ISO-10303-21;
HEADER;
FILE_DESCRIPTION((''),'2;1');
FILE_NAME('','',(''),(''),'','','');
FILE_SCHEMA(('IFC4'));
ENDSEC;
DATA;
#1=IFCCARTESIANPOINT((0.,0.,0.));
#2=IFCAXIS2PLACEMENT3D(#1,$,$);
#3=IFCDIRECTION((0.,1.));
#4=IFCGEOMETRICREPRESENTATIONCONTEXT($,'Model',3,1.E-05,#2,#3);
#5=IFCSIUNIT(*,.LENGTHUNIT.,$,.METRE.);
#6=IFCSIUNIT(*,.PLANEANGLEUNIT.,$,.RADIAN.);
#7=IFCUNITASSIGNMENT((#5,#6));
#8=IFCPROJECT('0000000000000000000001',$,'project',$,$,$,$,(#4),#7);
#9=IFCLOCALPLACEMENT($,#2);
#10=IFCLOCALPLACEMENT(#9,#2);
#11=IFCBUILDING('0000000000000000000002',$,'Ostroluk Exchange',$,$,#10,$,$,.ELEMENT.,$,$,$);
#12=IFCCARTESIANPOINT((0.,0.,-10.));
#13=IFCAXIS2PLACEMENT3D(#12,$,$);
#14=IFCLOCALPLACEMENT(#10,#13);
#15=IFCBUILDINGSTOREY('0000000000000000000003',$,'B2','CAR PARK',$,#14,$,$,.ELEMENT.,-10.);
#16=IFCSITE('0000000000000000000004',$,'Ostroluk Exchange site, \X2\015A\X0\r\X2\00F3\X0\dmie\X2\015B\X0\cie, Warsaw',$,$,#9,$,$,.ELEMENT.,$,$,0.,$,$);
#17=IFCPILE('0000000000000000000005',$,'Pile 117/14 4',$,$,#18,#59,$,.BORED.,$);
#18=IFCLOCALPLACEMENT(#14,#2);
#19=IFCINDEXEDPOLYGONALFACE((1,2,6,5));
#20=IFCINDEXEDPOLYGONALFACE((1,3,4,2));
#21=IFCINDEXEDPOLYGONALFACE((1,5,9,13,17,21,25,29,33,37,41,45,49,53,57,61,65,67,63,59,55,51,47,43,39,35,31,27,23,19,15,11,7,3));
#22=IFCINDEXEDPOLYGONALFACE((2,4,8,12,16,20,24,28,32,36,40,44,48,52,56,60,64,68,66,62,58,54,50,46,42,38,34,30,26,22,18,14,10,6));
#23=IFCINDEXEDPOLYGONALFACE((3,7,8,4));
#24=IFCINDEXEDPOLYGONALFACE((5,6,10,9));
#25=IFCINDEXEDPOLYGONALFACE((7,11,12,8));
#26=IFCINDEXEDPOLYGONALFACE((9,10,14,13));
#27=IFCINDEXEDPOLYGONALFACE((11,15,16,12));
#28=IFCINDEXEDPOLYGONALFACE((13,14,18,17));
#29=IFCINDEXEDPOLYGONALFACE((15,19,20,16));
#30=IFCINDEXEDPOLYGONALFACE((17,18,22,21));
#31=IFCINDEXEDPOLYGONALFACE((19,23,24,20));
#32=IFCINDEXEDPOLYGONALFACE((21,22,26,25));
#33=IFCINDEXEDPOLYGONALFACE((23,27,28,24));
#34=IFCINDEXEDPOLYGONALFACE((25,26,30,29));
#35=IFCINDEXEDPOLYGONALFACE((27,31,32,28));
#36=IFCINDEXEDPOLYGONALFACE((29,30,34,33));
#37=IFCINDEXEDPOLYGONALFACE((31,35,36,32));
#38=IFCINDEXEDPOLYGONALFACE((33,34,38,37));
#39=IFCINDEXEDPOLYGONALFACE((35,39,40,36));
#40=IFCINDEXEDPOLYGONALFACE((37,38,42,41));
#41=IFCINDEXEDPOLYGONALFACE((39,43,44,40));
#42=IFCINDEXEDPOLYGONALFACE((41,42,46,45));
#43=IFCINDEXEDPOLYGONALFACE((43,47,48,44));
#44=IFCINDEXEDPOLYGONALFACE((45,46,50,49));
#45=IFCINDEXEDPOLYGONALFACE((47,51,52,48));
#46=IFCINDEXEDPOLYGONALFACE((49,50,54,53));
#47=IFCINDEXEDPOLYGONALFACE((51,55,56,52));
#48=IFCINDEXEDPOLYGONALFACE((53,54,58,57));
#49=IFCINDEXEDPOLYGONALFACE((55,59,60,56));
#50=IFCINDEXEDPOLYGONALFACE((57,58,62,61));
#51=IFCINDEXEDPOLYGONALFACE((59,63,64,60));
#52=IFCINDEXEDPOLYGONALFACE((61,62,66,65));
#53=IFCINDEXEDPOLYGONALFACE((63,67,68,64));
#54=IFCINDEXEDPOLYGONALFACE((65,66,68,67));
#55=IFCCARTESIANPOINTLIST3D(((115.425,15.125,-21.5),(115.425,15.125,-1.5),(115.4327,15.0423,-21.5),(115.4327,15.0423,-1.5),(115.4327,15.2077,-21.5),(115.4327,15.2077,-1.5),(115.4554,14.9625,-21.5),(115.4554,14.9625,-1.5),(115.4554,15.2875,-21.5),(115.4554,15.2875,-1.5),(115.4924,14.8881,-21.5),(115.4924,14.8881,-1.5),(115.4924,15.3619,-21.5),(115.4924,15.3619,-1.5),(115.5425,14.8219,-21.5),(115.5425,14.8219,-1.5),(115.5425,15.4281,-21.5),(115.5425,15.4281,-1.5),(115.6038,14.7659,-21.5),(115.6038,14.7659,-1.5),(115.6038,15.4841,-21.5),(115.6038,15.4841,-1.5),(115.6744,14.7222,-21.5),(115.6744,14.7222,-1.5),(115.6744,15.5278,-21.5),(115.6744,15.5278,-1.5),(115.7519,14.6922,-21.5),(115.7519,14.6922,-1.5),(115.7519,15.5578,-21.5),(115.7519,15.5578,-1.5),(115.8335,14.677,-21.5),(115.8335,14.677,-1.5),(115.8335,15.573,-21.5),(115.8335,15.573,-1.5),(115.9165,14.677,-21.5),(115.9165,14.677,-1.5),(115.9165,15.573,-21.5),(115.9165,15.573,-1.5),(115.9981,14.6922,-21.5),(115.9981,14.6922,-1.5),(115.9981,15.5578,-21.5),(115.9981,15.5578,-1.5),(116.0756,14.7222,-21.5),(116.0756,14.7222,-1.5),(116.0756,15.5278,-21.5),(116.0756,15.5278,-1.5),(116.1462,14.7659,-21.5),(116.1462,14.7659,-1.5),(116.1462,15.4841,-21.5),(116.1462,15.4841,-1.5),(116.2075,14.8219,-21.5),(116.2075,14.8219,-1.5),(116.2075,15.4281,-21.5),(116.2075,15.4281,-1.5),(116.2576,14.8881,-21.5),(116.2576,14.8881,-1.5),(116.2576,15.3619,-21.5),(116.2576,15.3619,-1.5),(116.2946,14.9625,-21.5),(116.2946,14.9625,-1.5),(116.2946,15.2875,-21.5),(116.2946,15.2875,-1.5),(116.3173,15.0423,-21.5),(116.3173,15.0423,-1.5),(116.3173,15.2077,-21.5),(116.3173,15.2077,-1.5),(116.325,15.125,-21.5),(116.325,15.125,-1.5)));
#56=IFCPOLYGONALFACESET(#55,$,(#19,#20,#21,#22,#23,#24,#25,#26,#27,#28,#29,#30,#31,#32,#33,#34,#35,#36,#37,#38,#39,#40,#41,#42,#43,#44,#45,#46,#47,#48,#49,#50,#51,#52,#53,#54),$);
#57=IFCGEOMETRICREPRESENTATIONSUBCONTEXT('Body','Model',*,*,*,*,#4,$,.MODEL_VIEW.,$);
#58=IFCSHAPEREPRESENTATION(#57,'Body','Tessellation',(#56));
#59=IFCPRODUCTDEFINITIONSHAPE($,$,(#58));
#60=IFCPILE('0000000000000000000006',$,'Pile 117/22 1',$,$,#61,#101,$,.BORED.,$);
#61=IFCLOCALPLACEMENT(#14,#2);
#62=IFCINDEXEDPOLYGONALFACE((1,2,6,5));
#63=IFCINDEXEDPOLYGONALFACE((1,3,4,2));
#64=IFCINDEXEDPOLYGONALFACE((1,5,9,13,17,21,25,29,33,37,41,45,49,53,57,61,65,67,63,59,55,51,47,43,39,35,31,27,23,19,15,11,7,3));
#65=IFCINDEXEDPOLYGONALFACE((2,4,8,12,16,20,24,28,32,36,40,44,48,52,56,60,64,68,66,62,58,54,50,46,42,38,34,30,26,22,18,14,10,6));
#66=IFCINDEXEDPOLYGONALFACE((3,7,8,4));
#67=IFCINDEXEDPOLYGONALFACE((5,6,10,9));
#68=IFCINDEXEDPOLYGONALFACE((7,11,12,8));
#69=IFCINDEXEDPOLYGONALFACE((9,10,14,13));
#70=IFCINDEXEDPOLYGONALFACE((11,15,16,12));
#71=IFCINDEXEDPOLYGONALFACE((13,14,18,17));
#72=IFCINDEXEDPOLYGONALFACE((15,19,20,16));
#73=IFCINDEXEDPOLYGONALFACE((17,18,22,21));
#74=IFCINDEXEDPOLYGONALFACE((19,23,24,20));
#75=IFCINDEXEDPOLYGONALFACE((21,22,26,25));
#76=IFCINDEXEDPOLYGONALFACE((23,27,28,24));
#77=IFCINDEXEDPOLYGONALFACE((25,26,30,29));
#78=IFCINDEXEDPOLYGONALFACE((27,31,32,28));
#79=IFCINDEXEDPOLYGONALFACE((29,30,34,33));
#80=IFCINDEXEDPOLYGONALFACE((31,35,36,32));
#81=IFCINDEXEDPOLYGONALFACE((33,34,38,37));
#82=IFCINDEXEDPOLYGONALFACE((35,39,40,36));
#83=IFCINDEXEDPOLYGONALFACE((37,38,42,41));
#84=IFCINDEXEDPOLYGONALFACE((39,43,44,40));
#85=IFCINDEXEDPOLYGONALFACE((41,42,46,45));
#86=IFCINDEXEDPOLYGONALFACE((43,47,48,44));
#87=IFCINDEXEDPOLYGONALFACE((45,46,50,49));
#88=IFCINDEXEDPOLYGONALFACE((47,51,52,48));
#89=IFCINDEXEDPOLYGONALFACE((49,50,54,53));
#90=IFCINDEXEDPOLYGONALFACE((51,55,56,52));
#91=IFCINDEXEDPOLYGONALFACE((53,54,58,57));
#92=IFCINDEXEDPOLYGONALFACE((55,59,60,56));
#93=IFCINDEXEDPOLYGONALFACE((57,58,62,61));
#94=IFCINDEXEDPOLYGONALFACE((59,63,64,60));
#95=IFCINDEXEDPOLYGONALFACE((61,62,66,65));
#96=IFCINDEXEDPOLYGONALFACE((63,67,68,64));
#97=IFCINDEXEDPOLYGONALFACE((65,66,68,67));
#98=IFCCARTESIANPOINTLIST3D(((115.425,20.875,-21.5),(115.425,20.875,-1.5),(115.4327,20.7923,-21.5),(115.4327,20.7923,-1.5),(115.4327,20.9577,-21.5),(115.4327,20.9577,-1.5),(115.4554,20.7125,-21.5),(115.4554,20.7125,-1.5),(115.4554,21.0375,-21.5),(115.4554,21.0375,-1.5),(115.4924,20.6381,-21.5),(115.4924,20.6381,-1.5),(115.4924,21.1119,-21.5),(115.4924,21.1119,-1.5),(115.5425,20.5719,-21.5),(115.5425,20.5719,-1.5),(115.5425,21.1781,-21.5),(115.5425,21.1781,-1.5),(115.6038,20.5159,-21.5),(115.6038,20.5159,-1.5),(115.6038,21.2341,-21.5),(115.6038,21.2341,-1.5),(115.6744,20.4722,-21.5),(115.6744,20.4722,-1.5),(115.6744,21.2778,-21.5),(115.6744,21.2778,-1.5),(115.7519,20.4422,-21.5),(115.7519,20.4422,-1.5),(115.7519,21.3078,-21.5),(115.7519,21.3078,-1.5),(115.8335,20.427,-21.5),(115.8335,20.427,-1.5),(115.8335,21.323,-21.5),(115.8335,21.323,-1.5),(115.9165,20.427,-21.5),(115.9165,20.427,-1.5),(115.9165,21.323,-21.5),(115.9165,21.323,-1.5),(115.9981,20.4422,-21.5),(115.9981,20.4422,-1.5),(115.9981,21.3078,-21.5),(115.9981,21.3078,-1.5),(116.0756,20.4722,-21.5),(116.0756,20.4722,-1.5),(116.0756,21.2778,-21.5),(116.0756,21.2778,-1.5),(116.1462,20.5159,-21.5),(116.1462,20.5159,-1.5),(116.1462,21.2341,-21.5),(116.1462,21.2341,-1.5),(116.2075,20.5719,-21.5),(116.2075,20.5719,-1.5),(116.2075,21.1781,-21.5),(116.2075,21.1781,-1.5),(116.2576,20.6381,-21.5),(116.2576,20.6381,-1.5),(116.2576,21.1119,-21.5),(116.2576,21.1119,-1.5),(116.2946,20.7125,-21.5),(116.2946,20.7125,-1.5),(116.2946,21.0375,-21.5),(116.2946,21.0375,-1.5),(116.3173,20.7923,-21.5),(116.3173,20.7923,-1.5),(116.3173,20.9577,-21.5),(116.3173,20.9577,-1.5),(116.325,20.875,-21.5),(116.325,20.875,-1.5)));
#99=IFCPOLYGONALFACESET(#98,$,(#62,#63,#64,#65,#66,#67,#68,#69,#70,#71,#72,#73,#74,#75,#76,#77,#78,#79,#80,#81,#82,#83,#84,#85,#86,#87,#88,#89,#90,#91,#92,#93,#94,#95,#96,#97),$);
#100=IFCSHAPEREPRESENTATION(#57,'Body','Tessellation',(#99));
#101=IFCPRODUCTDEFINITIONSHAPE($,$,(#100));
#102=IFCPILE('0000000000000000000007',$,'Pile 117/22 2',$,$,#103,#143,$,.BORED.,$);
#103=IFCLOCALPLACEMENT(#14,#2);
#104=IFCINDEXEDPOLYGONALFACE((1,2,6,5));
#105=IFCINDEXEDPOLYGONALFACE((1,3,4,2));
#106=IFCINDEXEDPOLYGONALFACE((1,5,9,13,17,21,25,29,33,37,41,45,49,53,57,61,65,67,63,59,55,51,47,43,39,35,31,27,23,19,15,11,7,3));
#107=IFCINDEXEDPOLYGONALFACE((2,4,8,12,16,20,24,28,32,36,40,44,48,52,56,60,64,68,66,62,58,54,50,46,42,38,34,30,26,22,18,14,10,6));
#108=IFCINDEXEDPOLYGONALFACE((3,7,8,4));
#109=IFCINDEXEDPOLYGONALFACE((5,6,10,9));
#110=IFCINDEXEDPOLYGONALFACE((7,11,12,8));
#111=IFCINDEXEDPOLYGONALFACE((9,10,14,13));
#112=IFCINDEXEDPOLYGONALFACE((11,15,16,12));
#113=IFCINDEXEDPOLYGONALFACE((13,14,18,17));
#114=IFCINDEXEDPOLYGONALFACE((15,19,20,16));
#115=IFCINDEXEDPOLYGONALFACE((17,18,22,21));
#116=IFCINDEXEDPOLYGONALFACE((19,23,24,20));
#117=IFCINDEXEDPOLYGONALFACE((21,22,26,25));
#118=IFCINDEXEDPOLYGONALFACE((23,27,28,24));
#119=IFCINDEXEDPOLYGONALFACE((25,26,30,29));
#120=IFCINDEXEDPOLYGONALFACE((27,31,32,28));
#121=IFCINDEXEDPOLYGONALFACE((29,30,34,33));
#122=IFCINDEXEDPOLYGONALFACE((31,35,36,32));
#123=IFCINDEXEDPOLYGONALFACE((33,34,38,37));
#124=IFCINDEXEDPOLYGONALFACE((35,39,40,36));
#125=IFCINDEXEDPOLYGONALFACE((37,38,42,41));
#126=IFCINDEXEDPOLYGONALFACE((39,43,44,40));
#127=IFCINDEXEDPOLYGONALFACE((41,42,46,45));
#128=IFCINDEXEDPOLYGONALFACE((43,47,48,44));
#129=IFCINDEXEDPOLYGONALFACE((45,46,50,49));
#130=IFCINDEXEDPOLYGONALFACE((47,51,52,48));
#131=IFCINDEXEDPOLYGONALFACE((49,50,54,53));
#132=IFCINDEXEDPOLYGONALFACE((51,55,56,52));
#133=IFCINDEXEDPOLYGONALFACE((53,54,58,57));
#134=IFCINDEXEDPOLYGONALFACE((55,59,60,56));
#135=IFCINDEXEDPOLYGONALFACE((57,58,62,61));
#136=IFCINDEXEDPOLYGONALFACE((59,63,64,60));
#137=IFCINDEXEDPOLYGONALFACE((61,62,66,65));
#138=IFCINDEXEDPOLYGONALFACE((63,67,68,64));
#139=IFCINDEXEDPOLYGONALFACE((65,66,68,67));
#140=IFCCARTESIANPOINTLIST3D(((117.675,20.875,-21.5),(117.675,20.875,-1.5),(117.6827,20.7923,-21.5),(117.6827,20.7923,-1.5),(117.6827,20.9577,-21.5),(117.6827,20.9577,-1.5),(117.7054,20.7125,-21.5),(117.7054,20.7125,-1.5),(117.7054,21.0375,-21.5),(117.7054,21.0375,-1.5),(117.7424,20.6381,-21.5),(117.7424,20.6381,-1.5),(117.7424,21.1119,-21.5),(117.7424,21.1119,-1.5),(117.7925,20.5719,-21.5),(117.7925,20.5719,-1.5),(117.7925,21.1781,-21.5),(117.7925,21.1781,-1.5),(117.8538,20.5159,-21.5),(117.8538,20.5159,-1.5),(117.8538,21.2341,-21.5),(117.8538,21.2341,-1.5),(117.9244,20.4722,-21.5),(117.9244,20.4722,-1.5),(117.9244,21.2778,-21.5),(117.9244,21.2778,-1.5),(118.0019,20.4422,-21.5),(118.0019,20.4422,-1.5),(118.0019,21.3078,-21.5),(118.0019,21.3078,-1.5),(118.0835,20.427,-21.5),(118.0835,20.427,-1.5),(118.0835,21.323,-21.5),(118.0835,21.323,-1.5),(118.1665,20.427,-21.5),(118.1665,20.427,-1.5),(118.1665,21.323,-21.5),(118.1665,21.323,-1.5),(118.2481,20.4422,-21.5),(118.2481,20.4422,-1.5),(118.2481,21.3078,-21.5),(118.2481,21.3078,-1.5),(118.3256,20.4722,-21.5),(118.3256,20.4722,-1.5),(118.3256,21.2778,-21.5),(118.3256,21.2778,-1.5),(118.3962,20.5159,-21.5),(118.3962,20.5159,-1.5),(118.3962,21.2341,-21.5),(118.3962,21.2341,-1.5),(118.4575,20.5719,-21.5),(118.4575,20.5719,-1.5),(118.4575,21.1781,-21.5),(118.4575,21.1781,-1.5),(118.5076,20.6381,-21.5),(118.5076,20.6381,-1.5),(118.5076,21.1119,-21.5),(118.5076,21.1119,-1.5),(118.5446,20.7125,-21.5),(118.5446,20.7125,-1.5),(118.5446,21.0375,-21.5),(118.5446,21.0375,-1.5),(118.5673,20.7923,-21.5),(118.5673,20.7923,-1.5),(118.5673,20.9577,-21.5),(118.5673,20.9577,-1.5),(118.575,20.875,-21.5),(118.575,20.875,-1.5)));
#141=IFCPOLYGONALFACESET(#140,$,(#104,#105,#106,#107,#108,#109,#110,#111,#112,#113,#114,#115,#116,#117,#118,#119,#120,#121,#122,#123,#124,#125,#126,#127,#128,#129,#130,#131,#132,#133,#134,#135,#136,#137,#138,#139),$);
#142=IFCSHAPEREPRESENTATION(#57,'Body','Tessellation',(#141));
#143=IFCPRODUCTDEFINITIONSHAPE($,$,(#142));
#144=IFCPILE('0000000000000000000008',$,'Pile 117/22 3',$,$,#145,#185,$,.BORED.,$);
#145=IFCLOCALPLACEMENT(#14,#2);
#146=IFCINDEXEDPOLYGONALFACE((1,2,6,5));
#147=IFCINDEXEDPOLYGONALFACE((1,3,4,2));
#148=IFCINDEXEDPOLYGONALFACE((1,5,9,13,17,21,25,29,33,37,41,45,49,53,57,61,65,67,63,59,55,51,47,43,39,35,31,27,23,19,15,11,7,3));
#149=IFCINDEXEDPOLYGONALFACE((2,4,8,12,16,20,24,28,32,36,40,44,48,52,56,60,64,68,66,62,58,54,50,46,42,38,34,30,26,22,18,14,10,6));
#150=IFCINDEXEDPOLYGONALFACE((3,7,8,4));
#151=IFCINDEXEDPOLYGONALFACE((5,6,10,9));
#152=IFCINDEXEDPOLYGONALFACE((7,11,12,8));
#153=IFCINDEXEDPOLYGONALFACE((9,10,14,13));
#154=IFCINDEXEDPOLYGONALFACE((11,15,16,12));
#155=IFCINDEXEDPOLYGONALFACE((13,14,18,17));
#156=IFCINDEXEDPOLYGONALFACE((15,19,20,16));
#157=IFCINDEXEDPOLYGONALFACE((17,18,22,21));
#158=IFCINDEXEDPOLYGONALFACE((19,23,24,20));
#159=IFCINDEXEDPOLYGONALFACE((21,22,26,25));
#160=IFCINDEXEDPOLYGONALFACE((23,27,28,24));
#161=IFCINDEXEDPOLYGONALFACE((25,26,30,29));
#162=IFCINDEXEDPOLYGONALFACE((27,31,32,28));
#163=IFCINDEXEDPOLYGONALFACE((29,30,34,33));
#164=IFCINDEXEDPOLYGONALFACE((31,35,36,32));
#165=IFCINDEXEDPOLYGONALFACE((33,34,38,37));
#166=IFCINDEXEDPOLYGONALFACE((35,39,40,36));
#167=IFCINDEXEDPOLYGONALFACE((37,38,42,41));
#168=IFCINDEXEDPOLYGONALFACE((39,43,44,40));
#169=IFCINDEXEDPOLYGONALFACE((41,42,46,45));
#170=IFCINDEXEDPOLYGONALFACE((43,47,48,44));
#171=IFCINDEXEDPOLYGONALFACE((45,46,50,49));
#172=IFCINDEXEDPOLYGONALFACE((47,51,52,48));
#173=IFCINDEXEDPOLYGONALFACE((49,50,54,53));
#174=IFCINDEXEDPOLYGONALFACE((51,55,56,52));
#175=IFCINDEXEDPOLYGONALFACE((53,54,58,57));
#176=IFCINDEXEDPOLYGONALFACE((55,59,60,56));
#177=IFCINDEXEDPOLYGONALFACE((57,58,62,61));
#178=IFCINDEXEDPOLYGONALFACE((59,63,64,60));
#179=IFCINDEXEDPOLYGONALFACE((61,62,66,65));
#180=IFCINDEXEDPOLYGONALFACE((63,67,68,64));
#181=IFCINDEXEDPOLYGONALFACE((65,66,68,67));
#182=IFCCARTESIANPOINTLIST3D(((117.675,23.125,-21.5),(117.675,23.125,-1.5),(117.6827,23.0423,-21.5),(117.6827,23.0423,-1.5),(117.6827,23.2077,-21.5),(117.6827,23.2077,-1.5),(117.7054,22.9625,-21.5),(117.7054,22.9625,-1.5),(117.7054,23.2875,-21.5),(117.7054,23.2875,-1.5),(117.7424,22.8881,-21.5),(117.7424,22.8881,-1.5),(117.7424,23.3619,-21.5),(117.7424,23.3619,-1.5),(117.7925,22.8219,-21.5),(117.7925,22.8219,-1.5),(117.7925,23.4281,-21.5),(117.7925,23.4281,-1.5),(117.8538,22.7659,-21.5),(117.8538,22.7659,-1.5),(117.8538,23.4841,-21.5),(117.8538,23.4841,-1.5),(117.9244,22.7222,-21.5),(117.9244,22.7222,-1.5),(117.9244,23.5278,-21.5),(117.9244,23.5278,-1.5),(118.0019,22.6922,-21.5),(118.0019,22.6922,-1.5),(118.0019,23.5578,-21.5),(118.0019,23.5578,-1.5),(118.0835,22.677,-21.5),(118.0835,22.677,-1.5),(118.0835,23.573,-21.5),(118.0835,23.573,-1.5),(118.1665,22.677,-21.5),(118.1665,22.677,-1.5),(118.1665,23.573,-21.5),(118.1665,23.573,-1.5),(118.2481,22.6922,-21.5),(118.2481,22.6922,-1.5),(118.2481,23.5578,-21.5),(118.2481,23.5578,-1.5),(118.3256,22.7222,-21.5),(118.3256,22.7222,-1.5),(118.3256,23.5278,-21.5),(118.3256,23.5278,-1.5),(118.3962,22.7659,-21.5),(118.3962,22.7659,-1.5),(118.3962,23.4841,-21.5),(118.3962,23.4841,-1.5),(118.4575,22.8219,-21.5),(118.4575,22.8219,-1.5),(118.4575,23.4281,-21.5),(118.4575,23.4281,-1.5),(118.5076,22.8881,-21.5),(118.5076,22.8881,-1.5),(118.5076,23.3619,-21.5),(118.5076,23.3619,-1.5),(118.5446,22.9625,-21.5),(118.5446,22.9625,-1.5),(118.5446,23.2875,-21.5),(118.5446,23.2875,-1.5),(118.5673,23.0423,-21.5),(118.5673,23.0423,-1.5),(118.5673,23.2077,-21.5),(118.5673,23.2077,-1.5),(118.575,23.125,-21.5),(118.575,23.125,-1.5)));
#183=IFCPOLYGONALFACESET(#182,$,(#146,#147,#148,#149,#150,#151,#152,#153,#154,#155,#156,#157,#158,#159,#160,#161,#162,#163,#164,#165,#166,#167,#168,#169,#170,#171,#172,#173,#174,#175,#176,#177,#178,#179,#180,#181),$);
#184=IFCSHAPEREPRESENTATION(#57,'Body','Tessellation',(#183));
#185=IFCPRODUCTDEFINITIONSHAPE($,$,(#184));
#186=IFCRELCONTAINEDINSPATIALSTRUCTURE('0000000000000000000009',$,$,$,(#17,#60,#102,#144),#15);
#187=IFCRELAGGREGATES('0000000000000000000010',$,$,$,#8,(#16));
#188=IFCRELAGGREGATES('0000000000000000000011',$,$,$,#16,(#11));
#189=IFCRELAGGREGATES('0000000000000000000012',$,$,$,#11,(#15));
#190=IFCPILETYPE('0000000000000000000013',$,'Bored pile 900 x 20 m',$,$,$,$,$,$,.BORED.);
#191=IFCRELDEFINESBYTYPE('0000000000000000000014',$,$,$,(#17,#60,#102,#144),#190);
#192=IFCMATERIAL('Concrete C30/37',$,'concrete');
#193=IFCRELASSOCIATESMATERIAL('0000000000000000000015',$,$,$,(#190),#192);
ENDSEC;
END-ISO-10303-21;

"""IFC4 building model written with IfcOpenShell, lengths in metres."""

from ifc_helpers import new_model, si_unit, direction, frame, origin, origin_2d, place, context, subcontext, project, spatial, circle, extrude, material, type_object, element, save


model = new_model("IFC4")

# Units and contexts
model_context = context("Model", 3, precision=1e-05, world=origin(), true_north=direction((0.0, 1.0)))
body_context = subcontext(model_context, "Body", "Model", "MODEL_VIEW")
ifc_project = project(units=[si_unit("LENGTHUNIT", "METRE"), si_unit("PLANEANGLEUNIT", "RADIAN")], contexts=[model_context])

# Site, building, storey
site_placement = place(None, origin())
site = spatial("IfcSite", under=ifc_project, at=site_placement, Name="Ostroluk Exchange site, Śródmieście, Warsaw", CompositionType="ELEMENT", RefElevation=0.0)
building_placement = place(site_placement, origin())
building = spatial("IfcBuilding", under=site, at=building_placement, Name="Ostroluk Exchange", CompositionType="ELEMENT")
storey_placement = place(building_placement, frame((0.0, 0.0, -10.0)))
storey = spatial("IfcBuildingStorey", under=building, at=storey_placement, Name="B2", Description="CAR PARK", CompositionType="ELEMENT", Elevation=-10.0)

# Piles
ifc_material_1 = material(Name="Concrete C30/37", Category="concrete")
pile_type_1 = type_object("IfcPileType", Name="Bored pile 900 x 20 m", PredefinedType="BORED", material=ifc_material_1)
for number, where, z_axis, x_axis, name in (
    (1, (115.875, 15.125, -1.5), (0.0, 0.0, -1.0), (1.0, 0.0, 0.0), "Pile 117/14 4"),
    (2, (115.875, 20.875, -1.5), (0.0, 0.0, -1.0), (1.0, 0.0, 0.0), "Pile 117/22 1"),
    (3, (118.125, 20.875, -1.5), (0.0, 0.0, -1.0), (1.0, 0.0, 0.0), "Pile 117/22 2"),
    (4, (118.125, 23.125, -1.5), (0.0, 0.0, -1.0), (1.0, 0.0, 0.0), "Pile 117/22 3"),
):
    element("IfcPile", number, at=place(storey_placement, frame(where, z_axis=z_axis, x_axis=x_axis)), inside=storey, type_object=pile_type_1, Name=name, PredefinedType="BORED", context=body_context, shape_type="SweptSolid", body=[
        extrude(circle(Radius=0.45, at=origin_2d()), origin(), (0.0, 0.0, 1.0), 20.0),
    ])

save(model, "model.ifc")
